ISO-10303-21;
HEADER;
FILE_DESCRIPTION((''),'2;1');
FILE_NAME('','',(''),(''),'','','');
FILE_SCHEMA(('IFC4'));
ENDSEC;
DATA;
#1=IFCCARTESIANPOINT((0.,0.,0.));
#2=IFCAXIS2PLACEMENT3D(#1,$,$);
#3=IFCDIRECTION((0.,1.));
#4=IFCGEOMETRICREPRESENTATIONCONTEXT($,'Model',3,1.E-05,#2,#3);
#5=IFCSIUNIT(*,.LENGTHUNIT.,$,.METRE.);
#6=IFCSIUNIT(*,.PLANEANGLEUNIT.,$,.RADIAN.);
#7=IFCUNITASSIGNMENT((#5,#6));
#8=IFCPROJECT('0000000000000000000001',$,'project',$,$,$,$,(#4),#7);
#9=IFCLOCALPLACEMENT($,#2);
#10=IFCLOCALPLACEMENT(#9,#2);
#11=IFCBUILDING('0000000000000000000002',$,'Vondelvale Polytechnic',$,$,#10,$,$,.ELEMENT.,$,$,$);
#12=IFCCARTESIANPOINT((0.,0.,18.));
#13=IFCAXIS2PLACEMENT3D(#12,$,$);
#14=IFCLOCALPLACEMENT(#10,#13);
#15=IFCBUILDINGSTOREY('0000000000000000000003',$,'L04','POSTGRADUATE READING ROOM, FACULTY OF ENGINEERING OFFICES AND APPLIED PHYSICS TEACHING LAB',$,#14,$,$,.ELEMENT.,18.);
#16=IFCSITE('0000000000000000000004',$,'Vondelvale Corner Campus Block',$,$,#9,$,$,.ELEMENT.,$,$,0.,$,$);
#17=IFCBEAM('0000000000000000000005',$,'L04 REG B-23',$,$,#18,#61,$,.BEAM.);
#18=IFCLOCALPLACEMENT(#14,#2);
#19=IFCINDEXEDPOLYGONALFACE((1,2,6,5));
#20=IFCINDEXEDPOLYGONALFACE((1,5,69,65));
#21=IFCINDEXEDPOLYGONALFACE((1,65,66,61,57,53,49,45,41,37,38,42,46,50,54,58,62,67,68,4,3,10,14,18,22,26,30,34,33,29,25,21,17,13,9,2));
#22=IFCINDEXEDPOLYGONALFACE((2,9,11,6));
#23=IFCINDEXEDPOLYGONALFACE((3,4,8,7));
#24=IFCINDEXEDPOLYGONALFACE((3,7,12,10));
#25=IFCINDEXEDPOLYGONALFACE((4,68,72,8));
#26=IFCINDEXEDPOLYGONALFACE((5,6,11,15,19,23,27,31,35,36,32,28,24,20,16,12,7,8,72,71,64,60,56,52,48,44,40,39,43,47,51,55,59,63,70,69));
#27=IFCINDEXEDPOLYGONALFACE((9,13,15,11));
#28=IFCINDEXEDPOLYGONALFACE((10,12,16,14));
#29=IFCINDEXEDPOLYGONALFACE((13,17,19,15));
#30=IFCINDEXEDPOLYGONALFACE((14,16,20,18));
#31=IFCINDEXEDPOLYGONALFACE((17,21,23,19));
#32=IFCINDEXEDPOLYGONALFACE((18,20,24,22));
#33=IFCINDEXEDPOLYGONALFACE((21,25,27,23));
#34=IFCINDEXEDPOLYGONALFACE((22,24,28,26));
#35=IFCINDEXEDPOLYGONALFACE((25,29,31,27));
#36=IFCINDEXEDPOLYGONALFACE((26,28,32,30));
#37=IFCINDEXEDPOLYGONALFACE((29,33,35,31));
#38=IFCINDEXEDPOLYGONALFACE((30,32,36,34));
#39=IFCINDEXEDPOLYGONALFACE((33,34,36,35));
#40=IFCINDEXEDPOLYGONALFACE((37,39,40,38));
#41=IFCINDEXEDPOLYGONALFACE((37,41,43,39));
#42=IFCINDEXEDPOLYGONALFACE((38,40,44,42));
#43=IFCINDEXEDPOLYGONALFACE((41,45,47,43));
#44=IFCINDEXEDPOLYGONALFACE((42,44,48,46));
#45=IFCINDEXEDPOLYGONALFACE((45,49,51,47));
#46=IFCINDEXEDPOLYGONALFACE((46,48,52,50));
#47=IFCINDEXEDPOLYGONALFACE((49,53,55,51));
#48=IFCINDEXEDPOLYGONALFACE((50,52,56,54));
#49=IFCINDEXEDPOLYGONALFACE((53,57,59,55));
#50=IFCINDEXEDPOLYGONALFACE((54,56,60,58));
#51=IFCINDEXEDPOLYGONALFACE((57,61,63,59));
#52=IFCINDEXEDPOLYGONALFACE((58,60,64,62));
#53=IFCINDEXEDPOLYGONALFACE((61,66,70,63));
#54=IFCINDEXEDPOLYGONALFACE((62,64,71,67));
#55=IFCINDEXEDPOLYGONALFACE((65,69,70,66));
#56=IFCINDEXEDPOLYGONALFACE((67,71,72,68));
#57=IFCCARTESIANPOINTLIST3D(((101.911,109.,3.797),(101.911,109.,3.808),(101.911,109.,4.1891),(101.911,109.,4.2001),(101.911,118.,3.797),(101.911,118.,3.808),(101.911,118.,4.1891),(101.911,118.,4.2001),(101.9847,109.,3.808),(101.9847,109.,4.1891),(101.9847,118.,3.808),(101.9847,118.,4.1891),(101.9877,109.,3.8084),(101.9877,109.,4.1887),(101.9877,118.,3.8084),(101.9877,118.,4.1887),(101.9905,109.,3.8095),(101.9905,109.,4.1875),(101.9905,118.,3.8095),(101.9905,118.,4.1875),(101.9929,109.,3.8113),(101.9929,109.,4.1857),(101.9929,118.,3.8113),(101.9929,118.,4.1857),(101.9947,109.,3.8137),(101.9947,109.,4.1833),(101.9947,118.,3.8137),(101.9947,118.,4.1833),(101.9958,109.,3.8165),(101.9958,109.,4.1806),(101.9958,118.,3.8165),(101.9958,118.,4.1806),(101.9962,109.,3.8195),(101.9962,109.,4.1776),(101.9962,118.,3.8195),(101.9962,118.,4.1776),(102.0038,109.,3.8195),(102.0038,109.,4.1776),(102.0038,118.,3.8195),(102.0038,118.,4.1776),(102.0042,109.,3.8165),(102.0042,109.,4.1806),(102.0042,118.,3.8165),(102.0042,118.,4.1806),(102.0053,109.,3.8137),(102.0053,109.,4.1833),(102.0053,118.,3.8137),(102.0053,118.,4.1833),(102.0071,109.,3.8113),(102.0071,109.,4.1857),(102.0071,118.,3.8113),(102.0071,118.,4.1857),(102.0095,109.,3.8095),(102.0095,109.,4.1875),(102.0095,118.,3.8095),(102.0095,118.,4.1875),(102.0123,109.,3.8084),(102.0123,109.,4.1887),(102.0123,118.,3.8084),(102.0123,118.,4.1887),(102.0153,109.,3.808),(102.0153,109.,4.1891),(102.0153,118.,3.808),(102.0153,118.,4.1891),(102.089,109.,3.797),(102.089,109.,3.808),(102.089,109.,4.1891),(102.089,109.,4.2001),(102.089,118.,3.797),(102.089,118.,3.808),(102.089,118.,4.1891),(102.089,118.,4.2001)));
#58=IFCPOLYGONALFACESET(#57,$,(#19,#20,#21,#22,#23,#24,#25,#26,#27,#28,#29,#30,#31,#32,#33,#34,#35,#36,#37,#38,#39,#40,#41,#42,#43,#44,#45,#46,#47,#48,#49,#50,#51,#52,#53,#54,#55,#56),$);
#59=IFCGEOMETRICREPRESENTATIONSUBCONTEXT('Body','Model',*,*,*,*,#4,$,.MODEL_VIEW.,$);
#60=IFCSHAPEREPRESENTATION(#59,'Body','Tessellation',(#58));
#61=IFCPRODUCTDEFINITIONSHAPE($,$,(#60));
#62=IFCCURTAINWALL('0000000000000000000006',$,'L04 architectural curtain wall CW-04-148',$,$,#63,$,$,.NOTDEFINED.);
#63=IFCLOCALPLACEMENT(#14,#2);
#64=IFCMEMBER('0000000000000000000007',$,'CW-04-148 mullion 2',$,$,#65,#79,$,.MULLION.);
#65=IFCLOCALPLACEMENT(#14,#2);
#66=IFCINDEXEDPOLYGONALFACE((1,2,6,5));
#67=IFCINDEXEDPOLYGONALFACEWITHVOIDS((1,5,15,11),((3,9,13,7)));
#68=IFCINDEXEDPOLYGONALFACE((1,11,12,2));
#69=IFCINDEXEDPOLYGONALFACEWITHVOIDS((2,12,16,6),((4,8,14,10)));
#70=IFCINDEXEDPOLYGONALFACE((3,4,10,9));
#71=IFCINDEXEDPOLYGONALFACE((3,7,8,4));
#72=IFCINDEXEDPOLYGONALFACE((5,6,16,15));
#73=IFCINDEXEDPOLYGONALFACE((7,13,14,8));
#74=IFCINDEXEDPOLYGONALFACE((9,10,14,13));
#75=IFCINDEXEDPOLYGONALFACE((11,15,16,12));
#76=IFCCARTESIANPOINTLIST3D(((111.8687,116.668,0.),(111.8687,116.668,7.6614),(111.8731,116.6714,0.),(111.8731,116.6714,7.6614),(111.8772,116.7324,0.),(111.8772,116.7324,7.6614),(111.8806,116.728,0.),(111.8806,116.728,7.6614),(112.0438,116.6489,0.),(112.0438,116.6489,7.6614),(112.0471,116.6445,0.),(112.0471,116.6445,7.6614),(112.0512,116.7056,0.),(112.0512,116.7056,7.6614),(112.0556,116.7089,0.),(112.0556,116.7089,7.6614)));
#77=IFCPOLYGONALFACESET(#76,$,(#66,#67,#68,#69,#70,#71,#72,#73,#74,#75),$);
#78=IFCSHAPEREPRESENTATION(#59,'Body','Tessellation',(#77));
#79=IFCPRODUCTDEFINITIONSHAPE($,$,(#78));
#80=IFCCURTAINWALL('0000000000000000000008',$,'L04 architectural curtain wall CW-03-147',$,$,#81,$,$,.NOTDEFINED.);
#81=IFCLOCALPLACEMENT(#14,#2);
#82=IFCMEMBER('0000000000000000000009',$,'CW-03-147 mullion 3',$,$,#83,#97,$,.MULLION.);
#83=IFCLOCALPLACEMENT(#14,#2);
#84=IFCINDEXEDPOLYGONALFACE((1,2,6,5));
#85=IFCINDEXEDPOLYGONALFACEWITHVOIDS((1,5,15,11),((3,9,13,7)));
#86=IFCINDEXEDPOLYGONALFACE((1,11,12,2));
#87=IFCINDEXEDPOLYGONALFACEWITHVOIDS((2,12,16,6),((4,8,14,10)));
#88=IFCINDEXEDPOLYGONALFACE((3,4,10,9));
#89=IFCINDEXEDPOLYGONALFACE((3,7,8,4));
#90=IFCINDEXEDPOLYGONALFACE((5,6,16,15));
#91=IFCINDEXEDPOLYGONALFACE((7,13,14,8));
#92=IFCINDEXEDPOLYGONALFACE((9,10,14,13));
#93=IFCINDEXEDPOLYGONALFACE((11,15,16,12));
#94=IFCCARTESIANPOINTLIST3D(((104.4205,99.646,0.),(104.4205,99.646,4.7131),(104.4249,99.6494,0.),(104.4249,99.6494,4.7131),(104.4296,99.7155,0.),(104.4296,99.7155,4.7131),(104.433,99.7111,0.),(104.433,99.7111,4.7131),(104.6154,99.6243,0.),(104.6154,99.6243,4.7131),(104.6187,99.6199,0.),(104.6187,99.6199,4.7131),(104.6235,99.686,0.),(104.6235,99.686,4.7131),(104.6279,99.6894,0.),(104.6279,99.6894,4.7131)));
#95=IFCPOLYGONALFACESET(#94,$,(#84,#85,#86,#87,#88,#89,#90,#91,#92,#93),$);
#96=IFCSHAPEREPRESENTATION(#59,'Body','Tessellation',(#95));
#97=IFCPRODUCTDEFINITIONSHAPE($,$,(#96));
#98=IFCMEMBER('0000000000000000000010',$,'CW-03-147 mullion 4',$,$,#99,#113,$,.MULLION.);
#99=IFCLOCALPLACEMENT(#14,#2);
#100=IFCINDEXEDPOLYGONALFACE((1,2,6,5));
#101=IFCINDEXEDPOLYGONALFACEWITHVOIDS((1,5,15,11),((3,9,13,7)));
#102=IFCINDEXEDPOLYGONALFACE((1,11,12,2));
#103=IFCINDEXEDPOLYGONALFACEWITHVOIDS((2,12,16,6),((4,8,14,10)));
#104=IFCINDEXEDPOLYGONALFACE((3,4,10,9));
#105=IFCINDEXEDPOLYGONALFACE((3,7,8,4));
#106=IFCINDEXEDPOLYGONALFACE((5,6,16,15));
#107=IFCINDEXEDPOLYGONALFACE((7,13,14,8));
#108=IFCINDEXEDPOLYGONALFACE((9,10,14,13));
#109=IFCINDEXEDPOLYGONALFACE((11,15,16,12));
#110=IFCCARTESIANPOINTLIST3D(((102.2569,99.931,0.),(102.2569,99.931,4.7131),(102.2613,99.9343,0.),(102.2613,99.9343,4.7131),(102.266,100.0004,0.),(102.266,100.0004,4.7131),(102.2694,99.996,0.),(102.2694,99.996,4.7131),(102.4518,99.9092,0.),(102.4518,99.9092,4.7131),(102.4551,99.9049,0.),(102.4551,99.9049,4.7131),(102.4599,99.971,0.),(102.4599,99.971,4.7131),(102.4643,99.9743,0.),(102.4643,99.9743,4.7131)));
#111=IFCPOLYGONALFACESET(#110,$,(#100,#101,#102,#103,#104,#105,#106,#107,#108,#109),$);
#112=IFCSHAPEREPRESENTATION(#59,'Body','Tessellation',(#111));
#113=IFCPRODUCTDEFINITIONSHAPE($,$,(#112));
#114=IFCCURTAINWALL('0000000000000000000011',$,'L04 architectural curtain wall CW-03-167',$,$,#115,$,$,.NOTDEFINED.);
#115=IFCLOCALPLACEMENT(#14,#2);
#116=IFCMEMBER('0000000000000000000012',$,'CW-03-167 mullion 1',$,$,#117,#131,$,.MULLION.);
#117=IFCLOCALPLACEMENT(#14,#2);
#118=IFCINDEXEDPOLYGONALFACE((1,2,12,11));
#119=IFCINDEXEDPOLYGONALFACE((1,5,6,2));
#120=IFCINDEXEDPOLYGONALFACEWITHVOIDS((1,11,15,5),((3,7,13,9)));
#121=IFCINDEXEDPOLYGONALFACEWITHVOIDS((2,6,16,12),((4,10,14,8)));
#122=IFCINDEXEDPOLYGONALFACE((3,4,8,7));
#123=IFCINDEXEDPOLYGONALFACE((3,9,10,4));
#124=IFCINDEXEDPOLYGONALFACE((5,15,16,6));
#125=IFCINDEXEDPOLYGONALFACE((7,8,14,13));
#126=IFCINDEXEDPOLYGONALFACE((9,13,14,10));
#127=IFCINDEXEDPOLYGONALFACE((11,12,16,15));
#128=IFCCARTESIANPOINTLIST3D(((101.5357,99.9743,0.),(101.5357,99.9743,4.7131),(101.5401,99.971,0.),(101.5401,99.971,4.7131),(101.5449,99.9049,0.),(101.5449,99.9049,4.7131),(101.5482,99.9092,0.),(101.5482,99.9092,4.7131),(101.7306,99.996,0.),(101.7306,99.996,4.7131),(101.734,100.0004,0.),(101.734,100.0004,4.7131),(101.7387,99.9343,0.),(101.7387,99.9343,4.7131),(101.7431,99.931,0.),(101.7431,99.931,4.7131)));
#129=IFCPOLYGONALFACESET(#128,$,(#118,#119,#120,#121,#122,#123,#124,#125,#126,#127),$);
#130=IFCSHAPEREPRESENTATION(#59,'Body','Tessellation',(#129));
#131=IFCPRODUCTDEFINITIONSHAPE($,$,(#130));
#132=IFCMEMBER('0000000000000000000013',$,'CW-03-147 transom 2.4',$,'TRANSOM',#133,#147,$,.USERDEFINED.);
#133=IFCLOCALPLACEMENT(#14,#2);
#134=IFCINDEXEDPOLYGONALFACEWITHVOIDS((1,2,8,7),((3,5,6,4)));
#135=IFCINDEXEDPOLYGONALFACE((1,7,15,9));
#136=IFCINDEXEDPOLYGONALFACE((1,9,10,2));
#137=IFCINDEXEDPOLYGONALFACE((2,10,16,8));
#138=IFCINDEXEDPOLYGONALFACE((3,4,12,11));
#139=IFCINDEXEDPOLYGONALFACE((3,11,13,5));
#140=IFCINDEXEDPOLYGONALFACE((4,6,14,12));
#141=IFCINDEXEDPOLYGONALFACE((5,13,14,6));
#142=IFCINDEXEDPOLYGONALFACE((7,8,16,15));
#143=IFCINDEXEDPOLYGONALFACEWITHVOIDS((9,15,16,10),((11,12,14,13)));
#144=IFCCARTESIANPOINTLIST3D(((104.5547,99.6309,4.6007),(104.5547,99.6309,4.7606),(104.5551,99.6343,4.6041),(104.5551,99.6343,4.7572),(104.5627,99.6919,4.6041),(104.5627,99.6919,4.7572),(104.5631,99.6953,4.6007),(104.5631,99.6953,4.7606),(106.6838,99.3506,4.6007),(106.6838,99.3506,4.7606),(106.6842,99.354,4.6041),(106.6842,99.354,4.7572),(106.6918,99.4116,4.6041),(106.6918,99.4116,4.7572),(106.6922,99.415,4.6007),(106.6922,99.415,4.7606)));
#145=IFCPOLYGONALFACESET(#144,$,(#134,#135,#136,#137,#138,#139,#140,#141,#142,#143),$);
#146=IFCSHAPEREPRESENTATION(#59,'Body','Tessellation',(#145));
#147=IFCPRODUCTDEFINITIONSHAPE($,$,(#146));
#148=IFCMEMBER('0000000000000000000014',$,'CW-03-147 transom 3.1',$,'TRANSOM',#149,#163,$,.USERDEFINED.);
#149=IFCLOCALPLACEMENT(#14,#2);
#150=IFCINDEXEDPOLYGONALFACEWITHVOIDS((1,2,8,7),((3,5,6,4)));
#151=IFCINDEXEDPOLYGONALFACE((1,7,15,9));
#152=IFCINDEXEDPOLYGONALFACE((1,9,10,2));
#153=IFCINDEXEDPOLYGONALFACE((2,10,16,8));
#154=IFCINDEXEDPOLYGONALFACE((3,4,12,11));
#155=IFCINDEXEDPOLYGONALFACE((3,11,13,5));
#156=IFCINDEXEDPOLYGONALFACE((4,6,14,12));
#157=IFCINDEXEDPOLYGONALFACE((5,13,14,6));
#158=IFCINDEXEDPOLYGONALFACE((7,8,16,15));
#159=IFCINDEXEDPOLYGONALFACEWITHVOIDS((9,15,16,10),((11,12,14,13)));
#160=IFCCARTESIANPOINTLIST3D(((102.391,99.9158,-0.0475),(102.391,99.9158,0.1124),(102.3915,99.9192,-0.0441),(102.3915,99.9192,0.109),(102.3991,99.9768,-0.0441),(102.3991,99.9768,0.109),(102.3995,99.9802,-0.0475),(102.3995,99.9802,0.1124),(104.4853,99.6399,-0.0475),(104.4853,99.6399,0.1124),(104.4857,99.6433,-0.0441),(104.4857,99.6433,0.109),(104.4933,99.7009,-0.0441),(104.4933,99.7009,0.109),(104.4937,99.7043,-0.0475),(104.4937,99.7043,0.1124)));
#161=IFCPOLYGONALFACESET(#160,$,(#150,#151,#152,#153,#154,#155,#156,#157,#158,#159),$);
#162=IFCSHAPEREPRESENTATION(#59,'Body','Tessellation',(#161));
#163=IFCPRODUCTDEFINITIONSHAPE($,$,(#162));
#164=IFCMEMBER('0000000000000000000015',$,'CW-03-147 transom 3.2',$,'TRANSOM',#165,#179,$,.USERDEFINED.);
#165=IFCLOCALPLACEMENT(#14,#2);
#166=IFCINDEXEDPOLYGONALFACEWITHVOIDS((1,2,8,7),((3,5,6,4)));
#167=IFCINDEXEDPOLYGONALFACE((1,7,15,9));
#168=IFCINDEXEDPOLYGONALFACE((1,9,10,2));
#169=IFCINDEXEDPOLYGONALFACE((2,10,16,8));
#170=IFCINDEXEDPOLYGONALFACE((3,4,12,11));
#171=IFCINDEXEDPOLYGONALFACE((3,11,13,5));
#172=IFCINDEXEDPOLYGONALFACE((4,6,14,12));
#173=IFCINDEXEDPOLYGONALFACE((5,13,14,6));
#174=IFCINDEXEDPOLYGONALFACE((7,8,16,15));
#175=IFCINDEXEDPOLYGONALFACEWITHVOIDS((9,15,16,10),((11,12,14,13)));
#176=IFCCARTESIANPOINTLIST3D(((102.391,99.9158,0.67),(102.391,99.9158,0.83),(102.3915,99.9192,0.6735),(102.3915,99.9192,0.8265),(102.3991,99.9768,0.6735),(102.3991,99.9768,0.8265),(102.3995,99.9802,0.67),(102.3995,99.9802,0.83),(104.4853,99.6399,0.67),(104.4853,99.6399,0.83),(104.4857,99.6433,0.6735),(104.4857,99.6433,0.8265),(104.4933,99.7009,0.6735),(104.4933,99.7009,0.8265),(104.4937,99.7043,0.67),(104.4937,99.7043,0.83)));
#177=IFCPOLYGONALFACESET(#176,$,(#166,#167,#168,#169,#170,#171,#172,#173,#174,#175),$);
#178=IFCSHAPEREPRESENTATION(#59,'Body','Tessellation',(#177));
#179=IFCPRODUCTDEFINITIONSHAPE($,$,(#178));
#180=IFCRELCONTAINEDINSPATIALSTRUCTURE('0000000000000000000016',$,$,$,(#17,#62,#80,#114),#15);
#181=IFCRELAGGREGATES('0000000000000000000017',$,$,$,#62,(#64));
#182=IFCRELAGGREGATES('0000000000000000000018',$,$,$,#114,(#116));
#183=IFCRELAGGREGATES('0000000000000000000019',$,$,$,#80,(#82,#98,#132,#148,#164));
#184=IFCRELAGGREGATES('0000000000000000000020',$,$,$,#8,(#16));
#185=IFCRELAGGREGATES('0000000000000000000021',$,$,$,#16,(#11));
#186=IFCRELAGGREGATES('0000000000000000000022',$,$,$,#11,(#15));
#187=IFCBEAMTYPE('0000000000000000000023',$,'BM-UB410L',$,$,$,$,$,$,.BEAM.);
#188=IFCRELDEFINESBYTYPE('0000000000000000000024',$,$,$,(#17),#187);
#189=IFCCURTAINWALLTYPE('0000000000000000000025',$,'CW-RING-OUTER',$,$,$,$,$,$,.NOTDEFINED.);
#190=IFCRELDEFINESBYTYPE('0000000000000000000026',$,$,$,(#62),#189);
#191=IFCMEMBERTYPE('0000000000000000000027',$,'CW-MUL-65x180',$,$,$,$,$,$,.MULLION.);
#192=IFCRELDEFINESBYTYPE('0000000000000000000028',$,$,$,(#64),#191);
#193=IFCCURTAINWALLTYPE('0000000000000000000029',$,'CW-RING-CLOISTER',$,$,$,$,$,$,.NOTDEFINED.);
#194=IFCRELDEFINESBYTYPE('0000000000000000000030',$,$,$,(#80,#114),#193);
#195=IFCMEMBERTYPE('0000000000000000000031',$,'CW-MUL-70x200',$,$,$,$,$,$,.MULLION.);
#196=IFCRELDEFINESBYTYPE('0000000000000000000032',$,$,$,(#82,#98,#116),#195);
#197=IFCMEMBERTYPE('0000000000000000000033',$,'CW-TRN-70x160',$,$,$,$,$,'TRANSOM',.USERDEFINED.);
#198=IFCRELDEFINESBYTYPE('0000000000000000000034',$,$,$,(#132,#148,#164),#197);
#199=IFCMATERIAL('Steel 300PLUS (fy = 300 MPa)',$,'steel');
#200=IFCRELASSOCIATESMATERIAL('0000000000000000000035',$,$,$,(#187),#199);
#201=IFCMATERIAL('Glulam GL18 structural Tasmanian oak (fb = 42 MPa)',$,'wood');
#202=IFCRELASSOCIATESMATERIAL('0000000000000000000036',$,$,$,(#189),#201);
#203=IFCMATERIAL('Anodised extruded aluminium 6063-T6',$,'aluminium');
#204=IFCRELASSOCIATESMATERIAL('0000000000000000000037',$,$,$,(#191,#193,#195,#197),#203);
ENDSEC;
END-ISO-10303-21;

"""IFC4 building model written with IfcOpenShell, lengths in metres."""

from ifc_helpers import new_model, si_unit, direction, frame, origin, origin_2d, place, context, subcontext, project, spatial, hollow_rectangle, i_section, extrude, material, material_profile, profile_set, type_object, element, aggregate, save


model = new_model("IFC4")

# Units and contexts
model_context = context("Model", 3, precision=1e-05, world=origin(), true_north=direction((0.0, 1.0)))
body_context = subcontext(model_context, "Body", "Model", "MODEL_VIEW")
ifc_project = project(units=[si_unit("LENGTHUNIT", "METRE"), si_unit("PLANEANGLEUNIT", "RADIAN")], contexts=[model_context])

# Site, building, storey
site_placement = place(None, origin())
site = spatial("IfcSite", under=ifc_project, at=site_placement, Name="Vondelvale Corner Campus Block", CompositionType="ELEMENT", RefElevation=0.0)
building_placement = place(site_placement, origin())
building = spatial("IfcBuilding", under=site, at=building_placement, Name="Vondelvale Polytechnic", CompositionType="ELEMENT")
storey_placement = place(building_placement, frame((0.0, 0.0, 18.0)))
storey = spatial("IfcBuildingStorey", under=building, at=storey_placement, Name="L04", Description="POSTGRADUATE READING ROOM, FACULTY OF ENGINEERING OFFICES AND APPLIED PHYSICS TEACHING LAB", CompositionType="ELEMENT", Elevation=18.0)

# Shared definitions
ifc_material_1 = material(Name="Steel 300PLUS (fy = 300 MPa)", Category="steel")

# Beam
ifc_material_profile_1 = material_profile(ifc_material_1, i_section(OverallWidth=0.178, OverallDepth=0.4031, WebThickness=0.0076, FlangeThickness=0.011, FilletRadius=0.0115, at=origin_2d()), Name="410UB53.7")
ifc_profile_set_1 = profile_set([ifc_material_profile_1], Name="Steel 300PLUS (fy = 300 MPa)")
beam_type_1 = type_object("IfcBeamType", Name="BM-UB410L", PredefinedType="BEAM", material=ifc_profile_set_1)
for number, where, z_axis, x_axis, name in (
    (1, (102.0, 109.0, 3.9985), (0.0, 1.0, 0.0), (-1.0, 0.0, 0.0), "L04 REG B-23"),
):
    element("IfcBeam", number, at=place(storey_placement, frame(where, z_axis=z_axis, x_axis=x_axis)), inside=storey, type_object=beam_type_1, Name=name, PredefinedType="BEAM", context=body_context, shape_type="SweptSolid", body=[
        extrude(i_section(OverallWidth=0.178, OverallDepth=0.4031, WebThickness=0.0076, FlangeThickness=0.011, FilletRadius=0.0115, at=origin_2d()), origin(), (0.0, 0.0, 1.0), 9.0),
    ])

# Curtain wall, member
ifc_material_2 = material(Name="Glulam GL18 structural Tasmanian oak (fb = 42 MPa)", Category="wood")
curtain_wall_type_1 = type_object("IfcCurtainWallType", Name="CW-RING-OUTER", PredefinedType="NOTDEFINED", material=ifc_material_2)
curtain_wall_1_placement = place(storey_placement, origin())
curtain_wall_1 = element("IfcCurtainWall", 2, at=curtain_wall_1_placement, inside=storey, type_object=curtain_wall_type_1, Name="L04 architectural curtain wall CW-04-148", PredefinedType="NOTDEFINED")
ifc_material_3 = material(Name="Anodised extruded aluminium 6063-T6", Category="aluminium")
ifc_material_profile_2 = material_profile(ifc_material_3, hollow_rectangle(XDim=0.0649, YDim=0.1799, WallThickness=0.0039, at=origin_2d()), Name="CW-MUL-180x65")
ifc_profile_set_2 = profile_set([ifc_material_profile_2], Name="Anodised extruded aluminium 6063-T6")
member_type_1 = type_object("IfcMemberType", Name="CW-MUL-65x180", PredefinedType="MULLION", material=ifc_profile_set_2)
member_1_placement = place(storey_placement, frame((111.9622, 116.6885, 0.0), z_axis=(0.0, 0.0, 1.0), x_axis=(-0.13054, -0.991443, 0.0)))
member_1 = element("IfcMember", 3, at=member_1_placement, type_object=member_type_1, Name="CW-04-148 mullion 2", PredefinedType="MULLION", context=body_context, shape_type="SweptSolid", body=[
    extrude(hollow_rectangle(XDim=0.0649, YDim=0.1799, WallThickness=0.0039, at=origin_2d()), origin(), (0.0, 0.0, 1.0), 7.6614),
])
aggregate(curtain_wall_1, [member_1])

# Curtain wall, members
curtain_wall_type_2 = type_object("IfcCurtainWallType", Name="CW-RING-CLOISTER", PredefinedType="NOTDEFINED", material=ifc_material_3)
curtain_wall_2_placement = place(storey_placement, origin())
curtain_wall_2 = element("IfcCurtainWall", 4, at=curtain_wall_2_placement, inside=storey, type_object=curtain_wall_type_2, Name="L04 architectural curtain wall CW-03-147", PredefinedType="NOTDEFINED")
ifc_material_profile_3 = material_profile(ifc_material_3, hollow_rectangle(XDim=0.0701, YDim=0.2, WallThickness=0.0039, at=origin_2d()), Name="CW-MUL-200x70")
ifc_profile_set_3 = profile_set([ifc_material_profile_3], Name="Anodised extruded aluminium 6063-T6")
member_type_2 = type_object("IfcMemberType", Name="CW-MUL-70x200", PredefinedType="MULLION", material=ifc_profile_set_3)
member_2_placement = place(storey_placement, frame((104.5242, 99.6677, 0.0), z_axis=(0.0, 0.0, 1.0), x_axis=(-0.130528, -0.991445, 0.0)))
member_2 = element("IfcMember", 5, at=member_2_placement, type_object=member_type_2, Name="CW-03-147 mullion 3", PredefinedType="MULLION", context=body_context, shape_type="SweptSolid", body=[
    extrude(hollow_rectangle(XDim=0.0701, YDim=0.2, WallThickness=0.0039, at=origin_2d()), origin(), (0.0, 0.0, 1.0), 4.7131),
])
member_3_placement = place(storey_placement, frame((102.3606, 99.9526, 0.0), z_axis=(0.0, 0.0, 1.0), x_axis=(-0.130528, -0.991445, 0.0)))
member_3 = element("IfcMember", 6, at=member_3_placement, type_object=member_type_2, Name="CW-03-147 mullion 4", PredefinedType="MULLION", context=body_context, shape_type="SweptSolid", body=[
    extrude(hollow_rectangle(XDim=0.0701, YDim=0.2, WallThickness=0.0039, at=origin_2d()), origin(), (0.0, 0.0, 1.0), 4.7131),
])

# Curtain wall, member
curtain_wall_3_placement = place(storey_placement, origin())
curtain_wall_3 = element("IfcCurtainWall", 7, at=curtain_wall_3_placement, inside=storey, type_object=curtain_wall_type_2, Name="L04 architectural curtain wall CW-03-167", PredefinedType="NOTDEFINED")
member_4_placement = place(storey_placement, frame((101.6394, 99.9526, 0.0), z_axis=(0.0, 0.0, 1.0), x_axis=(0.130528, -0.991445, 0.0)))
member_4 = element("IfcMember", 8, at=member_4_placement, type_object=member_type_2, Name="CW-03-167 mullion 1", PredefinedType="MULLION", context=body_context, shape_type="SweptSolid", body=[
    extrude(hollow_rectangle(XDim=0.0701, YDim=0.2, WallThickness=0.0039, at=origin_2d()), origin(), (0.0, 0.0, 1.0), 4.7131),
])
aggregate(curtain_wall_3, [member_4])

# Members
ifc_material_profile_4 = material_profile(ifc_material_3, hollow_rectangle(XDim=0.0649, YDim=0.1599, WallThickness=0.0034, at=origin_2d()), Name="CW-TRN-160x65")
ifc_profile_set_4 = profile_set([ifc_material_profile_4], Name="Anodised extruded aluminium 6063-T6")
member_type_3 = type_object("IfcMemberType", Name="CW-TRN-70x160", ElementType="TRANSOM", PredefinedType="USERDEFINED", material=ifc_profile_set_4)
member_5_placement = place(storey_placement, frame((106.688, 99.3828, 4.6807), z_axis=(-0.991447, 0.13051, 0.0), x_axis=(-0.13051, -0.991447, 0.0)))
member_5 = element("IfcMember", 9, at=member_5_placement, type_object=member_type_3, Name="CW-03-147 transom 2.4", ObjectType="TRANSOM", PredefinedType="USERDEFINED", context=body_context, shape_type="SweptSolid", body=[
    extrude(hollow_rectangle(XDim=0.0649, YDim=0.1599, WallThickness=0.0034, at=origin_2d()), origin(), (0.0, 0.0, 1.0), 2.1475),
])
member_6_placement = place(storey_placement, frame((104.4895, 99.6721, 0.0325), z_axis=(-0.991435, 0.130604, 0.0), x_axis=(-0.130604, -0.991435, 0.0)))
member_6 = element("IfcMember", 10, at=member_6_placement, type_object=member_type_3, Name="CW-03-147 transom 3.1", ObjectType="TRANSOM", PredefinedType="USERDEFINED", context=body_context, shape_type="SweptSolid", body=[
    extrude(hollow_rectangle(XDim=0.0649, YDim=0.1599, WallThickness=0.0034, at=origin_2d()), origin(), (0.0, 0.0, 1.0), 2.1123),
])
member_7_placement = place(storey_placement, frame((104.4895, 99.6721, 0.75), z_axis=(-0.991435, 0.130604, 0.0), x_axis=(-0.130604, -0.991435, 0.0)))
member_7 = element("IfcMember", 11, at=member_7_placement, type_object=member_type_3, Name="CW-03-147 transom 3.2", ObjectType="TRANSOM", PredefinedType="USERDEFINED", context=body_context, shape_type="SweptSolid", body=[
    extrude(hollow_rectangle(XDim=0.0649, YDim=0.1599, WallThickness=0.0034, at=origin_2d()), origin(), (0.0, 0.0, 1.0), 2.1123),
])

aggregate(curtain_wall_2, [member_2, member_3, member_5, member_6, member_7])

save(model, "model.ifc")
